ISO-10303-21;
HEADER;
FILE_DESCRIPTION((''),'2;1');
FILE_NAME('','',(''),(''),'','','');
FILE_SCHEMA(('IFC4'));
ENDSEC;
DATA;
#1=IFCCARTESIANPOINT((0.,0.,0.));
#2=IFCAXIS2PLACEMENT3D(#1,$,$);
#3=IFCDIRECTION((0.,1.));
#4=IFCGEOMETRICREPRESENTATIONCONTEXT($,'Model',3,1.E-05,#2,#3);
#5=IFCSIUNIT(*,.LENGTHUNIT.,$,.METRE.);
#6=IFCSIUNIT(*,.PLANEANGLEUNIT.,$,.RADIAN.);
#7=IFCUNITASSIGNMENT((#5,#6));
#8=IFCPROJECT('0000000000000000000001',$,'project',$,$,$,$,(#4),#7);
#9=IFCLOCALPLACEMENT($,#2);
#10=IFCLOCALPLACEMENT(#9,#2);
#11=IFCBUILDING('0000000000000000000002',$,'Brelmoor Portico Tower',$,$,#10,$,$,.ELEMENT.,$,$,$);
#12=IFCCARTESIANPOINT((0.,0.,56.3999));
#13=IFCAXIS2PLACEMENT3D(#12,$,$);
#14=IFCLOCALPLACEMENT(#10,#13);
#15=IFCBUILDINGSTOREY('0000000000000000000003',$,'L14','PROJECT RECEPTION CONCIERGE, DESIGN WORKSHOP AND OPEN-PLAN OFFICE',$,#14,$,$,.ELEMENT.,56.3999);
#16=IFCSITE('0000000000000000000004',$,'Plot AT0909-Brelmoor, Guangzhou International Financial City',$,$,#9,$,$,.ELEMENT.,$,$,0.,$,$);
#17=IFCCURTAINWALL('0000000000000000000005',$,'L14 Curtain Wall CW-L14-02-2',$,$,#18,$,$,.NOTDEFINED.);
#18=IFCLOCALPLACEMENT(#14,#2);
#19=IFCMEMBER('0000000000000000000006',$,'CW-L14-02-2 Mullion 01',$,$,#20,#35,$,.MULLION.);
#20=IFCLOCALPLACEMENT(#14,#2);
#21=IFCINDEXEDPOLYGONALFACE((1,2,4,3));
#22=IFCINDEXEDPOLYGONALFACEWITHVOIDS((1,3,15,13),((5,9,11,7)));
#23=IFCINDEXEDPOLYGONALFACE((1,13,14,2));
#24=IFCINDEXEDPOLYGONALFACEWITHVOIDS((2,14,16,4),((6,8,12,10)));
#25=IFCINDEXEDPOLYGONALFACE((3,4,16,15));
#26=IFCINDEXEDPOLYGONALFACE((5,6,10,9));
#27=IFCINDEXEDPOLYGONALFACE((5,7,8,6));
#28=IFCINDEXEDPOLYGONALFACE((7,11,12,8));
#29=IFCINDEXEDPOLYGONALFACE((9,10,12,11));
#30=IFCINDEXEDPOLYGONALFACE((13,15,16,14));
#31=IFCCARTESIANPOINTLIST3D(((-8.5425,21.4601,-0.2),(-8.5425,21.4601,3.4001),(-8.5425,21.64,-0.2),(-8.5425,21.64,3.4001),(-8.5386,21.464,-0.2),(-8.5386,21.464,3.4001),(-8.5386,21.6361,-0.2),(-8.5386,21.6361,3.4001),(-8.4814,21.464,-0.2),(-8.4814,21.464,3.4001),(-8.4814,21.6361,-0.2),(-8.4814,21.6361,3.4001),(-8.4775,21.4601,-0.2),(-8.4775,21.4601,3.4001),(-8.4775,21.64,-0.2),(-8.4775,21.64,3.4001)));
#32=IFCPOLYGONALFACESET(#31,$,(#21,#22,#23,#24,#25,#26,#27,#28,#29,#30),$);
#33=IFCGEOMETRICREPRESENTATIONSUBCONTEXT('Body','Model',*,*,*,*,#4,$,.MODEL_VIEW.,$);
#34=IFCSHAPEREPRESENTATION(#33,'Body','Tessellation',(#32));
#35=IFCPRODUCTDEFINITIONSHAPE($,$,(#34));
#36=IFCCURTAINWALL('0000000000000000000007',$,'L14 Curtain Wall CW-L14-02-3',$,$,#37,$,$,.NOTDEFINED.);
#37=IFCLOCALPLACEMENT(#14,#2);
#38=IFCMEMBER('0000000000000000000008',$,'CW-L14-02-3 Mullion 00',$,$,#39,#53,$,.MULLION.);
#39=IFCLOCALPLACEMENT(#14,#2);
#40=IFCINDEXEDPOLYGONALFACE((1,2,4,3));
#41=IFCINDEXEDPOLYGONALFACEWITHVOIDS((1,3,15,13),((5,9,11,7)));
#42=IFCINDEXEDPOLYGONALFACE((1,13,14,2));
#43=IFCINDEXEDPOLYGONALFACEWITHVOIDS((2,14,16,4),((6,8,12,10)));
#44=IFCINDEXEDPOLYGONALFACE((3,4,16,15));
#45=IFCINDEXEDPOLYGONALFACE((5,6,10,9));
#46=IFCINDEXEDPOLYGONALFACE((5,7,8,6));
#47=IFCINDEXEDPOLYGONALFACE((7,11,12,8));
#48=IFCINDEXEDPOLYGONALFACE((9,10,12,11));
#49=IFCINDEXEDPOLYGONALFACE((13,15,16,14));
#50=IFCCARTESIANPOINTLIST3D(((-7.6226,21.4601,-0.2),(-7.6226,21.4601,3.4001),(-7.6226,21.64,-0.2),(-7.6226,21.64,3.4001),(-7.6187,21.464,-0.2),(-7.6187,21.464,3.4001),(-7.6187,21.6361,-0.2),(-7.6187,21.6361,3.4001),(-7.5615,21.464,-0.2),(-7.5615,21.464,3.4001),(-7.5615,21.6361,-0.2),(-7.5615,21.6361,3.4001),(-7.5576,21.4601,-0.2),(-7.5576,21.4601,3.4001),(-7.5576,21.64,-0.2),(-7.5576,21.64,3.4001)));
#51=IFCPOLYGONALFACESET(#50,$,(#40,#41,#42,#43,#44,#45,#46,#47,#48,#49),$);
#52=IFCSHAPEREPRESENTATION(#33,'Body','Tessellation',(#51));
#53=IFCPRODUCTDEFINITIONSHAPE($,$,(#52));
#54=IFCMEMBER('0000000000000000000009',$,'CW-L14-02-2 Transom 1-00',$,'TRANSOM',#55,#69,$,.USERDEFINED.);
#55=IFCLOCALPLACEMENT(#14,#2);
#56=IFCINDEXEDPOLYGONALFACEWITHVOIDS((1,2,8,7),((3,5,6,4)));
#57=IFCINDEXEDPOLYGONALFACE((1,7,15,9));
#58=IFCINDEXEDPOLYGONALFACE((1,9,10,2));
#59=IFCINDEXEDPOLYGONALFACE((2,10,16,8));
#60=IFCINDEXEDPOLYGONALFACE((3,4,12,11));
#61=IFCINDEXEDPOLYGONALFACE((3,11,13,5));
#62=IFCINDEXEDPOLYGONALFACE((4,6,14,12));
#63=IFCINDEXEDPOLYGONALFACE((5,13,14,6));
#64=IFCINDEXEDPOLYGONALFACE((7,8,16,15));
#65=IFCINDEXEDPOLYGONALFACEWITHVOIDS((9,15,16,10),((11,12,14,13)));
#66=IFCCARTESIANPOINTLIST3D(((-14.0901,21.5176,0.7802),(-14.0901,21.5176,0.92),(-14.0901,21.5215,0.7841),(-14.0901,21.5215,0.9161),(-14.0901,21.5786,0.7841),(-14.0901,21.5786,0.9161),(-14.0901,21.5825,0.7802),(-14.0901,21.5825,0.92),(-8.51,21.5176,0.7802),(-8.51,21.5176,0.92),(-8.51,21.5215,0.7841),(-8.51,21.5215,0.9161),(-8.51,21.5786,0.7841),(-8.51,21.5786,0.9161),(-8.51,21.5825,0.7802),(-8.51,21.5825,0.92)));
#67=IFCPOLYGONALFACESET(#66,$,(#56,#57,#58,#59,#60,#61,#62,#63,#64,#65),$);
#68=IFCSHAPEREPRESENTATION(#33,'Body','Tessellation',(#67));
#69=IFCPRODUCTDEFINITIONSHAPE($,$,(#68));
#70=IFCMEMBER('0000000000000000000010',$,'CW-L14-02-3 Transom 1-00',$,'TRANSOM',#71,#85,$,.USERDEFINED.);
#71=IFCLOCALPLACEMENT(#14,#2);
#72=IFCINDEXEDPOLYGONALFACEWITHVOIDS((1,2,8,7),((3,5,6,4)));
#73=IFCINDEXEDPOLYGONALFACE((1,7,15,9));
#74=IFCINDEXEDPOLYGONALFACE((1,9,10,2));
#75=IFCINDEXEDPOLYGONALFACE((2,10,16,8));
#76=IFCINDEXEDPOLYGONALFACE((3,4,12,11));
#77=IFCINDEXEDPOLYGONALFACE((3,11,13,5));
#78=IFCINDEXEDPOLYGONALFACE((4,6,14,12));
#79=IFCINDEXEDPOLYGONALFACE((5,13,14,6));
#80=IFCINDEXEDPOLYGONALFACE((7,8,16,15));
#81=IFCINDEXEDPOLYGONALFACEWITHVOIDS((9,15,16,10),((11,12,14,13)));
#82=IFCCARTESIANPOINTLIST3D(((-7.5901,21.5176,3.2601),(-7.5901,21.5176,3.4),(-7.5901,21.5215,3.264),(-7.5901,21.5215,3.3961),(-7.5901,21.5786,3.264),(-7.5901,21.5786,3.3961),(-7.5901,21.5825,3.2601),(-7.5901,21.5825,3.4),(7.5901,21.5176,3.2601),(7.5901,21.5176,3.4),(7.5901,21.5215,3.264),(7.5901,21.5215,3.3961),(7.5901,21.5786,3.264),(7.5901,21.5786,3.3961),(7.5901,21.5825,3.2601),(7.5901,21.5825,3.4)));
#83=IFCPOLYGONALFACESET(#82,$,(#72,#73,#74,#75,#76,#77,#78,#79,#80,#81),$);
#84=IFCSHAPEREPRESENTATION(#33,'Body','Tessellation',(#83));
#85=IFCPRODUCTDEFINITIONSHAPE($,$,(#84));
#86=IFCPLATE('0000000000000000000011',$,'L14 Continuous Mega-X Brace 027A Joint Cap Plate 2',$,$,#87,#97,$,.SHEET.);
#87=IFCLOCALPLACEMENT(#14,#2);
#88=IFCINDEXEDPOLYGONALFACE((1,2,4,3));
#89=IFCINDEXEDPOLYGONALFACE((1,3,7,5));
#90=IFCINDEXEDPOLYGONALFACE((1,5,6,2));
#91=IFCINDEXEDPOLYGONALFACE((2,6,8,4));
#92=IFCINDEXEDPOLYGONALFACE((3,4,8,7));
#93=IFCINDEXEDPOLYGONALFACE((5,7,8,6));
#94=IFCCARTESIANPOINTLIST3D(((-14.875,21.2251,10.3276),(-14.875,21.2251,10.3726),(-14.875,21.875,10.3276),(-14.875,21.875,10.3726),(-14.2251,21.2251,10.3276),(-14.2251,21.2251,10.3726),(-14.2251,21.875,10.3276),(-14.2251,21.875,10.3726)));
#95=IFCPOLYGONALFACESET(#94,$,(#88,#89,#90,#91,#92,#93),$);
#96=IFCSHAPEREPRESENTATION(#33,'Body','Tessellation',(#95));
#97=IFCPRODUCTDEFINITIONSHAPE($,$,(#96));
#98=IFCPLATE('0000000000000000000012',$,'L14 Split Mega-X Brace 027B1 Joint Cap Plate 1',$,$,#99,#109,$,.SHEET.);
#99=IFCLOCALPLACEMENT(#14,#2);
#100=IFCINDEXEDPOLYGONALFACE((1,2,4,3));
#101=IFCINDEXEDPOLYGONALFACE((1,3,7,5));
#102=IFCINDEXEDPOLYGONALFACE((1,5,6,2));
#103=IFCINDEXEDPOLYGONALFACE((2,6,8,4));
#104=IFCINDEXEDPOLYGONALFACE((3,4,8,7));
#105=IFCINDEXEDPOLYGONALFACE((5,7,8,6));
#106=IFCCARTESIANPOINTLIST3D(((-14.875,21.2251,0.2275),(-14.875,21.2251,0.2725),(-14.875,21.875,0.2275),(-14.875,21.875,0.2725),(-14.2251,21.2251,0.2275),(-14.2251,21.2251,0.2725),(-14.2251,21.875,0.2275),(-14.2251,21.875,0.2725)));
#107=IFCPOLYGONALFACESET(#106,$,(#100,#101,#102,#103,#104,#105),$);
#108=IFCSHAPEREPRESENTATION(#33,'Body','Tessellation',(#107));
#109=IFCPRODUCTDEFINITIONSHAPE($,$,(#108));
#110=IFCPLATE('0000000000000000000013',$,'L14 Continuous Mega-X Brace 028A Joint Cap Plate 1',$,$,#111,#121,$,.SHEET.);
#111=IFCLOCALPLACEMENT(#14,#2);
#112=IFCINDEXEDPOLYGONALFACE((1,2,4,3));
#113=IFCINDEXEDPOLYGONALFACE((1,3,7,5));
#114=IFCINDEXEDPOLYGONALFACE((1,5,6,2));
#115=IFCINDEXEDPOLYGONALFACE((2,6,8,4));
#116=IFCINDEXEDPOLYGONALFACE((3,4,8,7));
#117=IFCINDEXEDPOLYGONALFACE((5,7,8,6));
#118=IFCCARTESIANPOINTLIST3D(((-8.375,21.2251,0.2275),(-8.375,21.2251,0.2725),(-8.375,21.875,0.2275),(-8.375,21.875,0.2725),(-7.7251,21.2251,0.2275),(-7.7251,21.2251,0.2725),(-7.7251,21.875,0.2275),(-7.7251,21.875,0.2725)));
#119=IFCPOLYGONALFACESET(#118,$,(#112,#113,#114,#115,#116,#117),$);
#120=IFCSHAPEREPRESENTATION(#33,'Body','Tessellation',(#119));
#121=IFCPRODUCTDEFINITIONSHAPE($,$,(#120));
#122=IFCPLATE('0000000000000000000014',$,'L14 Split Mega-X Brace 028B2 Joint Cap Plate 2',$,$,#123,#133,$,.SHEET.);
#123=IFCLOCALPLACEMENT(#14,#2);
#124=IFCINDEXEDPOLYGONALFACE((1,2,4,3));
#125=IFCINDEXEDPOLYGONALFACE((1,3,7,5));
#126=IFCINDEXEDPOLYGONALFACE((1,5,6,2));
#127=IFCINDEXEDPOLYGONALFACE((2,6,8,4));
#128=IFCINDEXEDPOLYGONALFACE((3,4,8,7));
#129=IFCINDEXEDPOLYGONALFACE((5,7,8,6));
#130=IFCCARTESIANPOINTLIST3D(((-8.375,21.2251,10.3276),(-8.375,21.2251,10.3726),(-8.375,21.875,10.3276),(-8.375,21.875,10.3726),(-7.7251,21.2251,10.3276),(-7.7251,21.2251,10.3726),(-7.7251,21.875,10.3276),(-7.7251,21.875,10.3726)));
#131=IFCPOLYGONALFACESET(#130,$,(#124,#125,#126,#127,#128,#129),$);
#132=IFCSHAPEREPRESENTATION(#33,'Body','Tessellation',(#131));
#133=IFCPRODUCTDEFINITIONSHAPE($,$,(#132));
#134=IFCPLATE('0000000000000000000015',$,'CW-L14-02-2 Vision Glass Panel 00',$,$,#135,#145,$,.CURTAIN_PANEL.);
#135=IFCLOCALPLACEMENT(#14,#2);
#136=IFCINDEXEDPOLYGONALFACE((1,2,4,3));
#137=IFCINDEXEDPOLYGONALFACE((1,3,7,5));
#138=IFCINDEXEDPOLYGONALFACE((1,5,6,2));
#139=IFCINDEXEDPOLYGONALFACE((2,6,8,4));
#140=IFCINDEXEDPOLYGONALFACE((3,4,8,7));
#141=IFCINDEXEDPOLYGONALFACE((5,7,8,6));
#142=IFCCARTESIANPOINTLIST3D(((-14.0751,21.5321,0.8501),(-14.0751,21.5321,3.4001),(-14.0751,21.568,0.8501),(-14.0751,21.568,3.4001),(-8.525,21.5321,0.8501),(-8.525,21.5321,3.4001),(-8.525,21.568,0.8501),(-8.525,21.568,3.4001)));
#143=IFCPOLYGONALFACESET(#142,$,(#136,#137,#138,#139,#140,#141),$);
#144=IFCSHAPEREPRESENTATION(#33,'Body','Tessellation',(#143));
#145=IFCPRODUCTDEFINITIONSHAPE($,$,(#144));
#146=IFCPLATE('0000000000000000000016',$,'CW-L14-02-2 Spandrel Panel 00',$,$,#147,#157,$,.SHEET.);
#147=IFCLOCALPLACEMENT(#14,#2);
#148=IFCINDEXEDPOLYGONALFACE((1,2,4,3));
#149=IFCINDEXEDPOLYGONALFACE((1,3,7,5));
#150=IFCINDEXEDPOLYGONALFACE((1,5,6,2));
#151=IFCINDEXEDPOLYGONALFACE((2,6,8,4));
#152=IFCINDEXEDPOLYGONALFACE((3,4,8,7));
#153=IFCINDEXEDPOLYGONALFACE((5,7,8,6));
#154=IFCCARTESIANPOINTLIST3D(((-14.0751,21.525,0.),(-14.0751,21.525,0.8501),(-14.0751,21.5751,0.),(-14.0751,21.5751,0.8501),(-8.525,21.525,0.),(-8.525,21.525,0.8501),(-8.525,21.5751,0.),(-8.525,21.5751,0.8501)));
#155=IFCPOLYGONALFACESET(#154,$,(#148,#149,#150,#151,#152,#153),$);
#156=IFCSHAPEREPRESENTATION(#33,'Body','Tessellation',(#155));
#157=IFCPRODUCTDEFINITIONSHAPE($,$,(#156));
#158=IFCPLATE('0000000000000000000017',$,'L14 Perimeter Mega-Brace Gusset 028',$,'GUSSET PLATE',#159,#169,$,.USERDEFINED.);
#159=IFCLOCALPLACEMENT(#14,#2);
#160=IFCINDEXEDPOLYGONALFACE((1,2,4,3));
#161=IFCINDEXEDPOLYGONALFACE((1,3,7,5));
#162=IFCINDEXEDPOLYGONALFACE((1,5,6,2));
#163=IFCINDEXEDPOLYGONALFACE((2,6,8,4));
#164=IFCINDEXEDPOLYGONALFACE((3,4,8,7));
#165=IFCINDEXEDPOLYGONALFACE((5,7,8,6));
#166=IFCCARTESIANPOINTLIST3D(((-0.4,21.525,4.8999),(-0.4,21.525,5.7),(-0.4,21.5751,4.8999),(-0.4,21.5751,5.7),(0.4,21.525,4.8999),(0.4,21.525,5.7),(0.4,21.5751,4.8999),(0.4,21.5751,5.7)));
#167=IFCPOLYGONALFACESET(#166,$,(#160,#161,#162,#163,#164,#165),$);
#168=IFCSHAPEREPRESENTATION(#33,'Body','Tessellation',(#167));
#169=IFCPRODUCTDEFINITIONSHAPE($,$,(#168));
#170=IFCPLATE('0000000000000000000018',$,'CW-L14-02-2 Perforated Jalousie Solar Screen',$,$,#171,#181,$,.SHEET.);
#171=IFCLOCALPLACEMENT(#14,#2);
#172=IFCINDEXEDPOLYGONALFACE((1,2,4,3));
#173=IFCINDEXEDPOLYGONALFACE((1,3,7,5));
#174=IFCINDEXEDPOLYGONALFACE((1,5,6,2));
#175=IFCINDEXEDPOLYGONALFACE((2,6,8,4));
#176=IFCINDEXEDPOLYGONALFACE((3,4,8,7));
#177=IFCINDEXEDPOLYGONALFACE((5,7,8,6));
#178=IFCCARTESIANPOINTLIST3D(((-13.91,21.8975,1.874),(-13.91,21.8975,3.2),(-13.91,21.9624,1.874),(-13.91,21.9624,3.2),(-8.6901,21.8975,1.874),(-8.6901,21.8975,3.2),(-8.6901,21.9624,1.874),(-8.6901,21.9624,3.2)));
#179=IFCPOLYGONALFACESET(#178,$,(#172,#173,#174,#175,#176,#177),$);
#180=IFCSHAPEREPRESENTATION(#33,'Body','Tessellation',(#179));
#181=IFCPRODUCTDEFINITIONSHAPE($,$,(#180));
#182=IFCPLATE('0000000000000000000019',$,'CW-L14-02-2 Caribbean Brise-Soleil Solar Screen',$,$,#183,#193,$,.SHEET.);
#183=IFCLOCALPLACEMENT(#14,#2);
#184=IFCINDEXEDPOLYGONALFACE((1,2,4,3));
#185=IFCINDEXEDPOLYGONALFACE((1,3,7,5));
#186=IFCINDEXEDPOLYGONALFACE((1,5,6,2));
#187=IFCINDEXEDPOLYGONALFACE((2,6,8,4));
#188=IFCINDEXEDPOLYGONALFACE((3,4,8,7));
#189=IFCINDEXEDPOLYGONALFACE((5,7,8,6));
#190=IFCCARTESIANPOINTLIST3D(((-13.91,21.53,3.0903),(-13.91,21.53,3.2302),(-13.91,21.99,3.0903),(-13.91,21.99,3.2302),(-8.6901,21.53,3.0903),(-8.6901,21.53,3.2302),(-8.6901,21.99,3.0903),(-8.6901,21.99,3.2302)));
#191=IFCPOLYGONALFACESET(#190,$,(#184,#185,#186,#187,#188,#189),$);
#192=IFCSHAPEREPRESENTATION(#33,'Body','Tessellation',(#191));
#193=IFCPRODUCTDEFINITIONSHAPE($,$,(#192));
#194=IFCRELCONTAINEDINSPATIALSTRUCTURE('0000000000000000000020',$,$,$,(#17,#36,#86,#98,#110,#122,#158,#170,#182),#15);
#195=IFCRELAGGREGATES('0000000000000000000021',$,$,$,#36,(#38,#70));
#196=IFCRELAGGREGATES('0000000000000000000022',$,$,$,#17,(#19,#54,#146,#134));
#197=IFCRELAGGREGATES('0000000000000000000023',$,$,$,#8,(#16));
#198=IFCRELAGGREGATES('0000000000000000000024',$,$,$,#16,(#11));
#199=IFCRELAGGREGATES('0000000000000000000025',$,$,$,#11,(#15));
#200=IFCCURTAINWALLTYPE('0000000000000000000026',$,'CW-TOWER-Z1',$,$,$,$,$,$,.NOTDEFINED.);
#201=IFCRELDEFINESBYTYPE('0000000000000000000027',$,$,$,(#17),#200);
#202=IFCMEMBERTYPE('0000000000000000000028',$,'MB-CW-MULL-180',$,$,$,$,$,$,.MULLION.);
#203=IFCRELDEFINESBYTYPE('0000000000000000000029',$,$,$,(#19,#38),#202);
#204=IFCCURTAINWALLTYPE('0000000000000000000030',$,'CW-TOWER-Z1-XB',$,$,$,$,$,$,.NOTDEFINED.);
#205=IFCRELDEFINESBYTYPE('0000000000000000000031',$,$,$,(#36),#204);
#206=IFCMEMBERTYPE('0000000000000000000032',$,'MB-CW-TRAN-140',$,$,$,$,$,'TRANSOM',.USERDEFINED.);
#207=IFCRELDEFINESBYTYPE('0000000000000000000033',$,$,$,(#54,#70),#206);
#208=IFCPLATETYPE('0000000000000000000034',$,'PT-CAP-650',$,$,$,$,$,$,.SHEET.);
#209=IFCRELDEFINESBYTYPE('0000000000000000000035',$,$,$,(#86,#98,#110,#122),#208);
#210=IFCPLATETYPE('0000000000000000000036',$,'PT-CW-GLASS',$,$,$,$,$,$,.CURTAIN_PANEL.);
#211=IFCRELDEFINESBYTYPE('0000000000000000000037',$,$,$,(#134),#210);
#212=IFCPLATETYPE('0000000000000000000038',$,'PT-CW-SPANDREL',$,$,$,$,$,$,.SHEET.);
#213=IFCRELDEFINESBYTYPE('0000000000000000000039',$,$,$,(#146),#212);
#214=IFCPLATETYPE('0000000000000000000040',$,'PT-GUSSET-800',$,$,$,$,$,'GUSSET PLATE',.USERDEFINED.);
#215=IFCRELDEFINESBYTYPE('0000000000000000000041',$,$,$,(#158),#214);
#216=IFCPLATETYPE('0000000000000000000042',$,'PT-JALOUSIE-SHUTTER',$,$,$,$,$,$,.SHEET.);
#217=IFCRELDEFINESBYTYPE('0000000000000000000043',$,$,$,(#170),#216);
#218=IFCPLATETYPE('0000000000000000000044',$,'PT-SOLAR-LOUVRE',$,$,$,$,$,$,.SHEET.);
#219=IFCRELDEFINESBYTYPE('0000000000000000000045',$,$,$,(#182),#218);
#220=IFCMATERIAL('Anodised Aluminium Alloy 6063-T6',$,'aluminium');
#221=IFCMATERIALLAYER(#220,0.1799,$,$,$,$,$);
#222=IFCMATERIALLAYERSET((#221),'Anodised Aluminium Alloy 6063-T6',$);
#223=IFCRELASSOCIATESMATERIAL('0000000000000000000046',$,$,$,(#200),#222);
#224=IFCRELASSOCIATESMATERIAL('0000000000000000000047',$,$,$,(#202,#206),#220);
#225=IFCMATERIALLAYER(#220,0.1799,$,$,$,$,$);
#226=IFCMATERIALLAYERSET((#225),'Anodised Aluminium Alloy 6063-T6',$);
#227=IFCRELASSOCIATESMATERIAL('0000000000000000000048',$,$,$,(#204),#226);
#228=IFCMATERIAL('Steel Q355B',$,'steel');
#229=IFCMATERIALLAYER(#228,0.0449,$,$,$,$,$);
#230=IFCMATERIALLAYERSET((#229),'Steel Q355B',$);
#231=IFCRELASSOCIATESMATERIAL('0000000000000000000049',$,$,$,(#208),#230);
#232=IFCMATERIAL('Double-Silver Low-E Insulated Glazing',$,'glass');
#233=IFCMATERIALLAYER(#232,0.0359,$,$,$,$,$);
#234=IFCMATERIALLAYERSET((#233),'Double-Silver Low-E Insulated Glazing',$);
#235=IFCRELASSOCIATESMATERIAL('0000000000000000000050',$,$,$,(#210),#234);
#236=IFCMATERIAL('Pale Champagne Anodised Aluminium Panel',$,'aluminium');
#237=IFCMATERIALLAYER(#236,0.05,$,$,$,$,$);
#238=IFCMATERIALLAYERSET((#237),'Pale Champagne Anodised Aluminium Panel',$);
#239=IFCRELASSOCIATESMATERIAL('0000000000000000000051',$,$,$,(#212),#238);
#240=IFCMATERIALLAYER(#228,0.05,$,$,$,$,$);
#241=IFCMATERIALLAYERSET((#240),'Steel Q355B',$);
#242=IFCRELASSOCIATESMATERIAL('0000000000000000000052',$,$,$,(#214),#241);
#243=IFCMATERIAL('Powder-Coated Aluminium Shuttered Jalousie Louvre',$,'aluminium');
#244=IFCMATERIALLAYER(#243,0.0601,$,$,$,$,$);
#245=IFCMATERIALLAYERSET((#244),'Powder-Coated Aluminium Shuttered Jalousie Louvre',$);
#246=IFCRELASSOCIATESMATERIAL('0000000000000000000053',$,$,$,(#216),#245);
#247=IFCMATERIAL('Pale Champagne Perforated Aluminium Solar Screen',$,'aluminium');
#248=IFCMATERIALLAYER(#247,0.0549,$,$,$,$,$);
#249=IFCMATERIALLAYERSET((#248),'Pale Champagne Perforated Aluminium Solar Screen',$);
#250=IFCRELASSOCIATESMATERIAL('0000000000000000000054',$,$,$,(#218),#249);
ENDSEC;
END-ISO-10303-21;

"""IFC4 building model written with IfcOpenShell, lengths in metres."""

from ifc_helpers import new_model, si_unit, direction, frame, origin, origin_2d, place, context, subcontext, project, spatial, rectangle, hollow_rectangle, extrude, material, layer, layer_set, material_profile, profile_set, type_object, element, aggregate, save


model = new_model("IFC4")

# Units and contexts
model_context = context("Model", 3, precision=1e-05, world=origin(), true_north=direction((0.0, 1.0)))
body_context = subcontext(model_context, "Body", "Model", "MODEL_VIEW")
ifc_project = project(units=[si_unit("LENGTHUNIT", "METRE"), si_unit("PLANEANGLEUNIT", "RADIAN")], contexts=[model_context])

# Site, building, storey
site_placement = place(None, origin())
site = spatial("IfcSite", under=ifc_project, at=site_placement, Name="Plot AT0909-Brelmoor, Guangzhou International Financial City", CompositionType="ELEMENT", RefElevation=0.0)
building_placement = place(site_placement, origin())
building = spatial("IfcBuilding", under=site, at=building_placement, Name="Brelmoor Portico Tower", CompositionType="ELEMENT")
storey_placement = place(building_placement, frame((0.0, 0.0, 56.3999)))
storey = spatial("IfcBuildingStorey", under=building, at=storey_placement, Name="L14", Description="PROJECT RECEPTION CONCIERGE, DESIGN WORKSHOP AND OPEN-PLAN OFFICE", CompositionType="ELEMENT", Elevation=56.3999)

# Shared definitions
ifc_material_1 = material(Name="Steel Q355B", Category="steel")

# Curtain wall, member
ifc_material_2 = material(Name="Anodised Aluminium Alloy 6063-T6", Category="aluminium")
ifc_layer_1 = layer(ifc_material_2, 0.1799)
ifc_layer_set_1 = layer_set([ifc_layer_1], Name="Anodised Aluminium Alloy 6063-T6")
curtain_wall_type_1 = type_object("IfcCurtainWallType", Name="CW-TOWER-Z1", PredefinedType="NOTDEFINED", material=ifc_layer_set_1)
curtain_wall_1_placement = place(storey_placement, origin())
curtain_wall_1 = element("IfcCurtainWall", 1, at=curtain_wall_1_placement, inside=storey, type_object=curtain_wall_type_1, Name="L14 Curtain Wall CW-L14-02-2", PredefinedType="NOTDEFINED")
ifc_material_profile_1 = material_profile(ifc_material_2, hollow_rectangle(XDim=0.0649, YDim=0.1799, WallThickness=0.0039, at=origin_2d()), Name="ALU MULLION 65x180")
ifc_profile_set_1 = profile_set([ifc_material_profile_1], Name="Anodised Aluminium Alloy 6063-T6")
member_type_1 = type_object("IfcMemberType", Name="MB-CW-MULL-180", PredefinedType="MULLION", material=ifc_profile_set_1)
member_1_placement = place(storey_placement, frame((-8.51, 21.55, -0.2), z_axis=(0.0, 0.0, 1.0), x_axis=(1.0, 0.0, 0.0)))
member_1 = element("IfcMember", 2, at=member_1_placement, type_object=member_type_1, Name="CW-L14-02-2 Mullion 01", PredefinedType="MULLION", context=body_context, shape_type="SweptSolid", body=[
    extrude(hollow_rectangle(XDim=0.0649, YDim=0.1799, WallThickness=0.0039, at=origin_2d()), origin(), (0.0, 0.0, 1.0), 3.6001),
])

# Curtain wall, member
ifc_layer_2 = layer(ifc_material_2, 0.1799)
ifc_layer_set_2 = layer_set([ifc_layer_2], Name="Anodised Aluminium Alloy 6063-T6")
curtain_wall_type_2 = type_object("IfcCurtainWallType", Name="CW-TOWER-Z1-XB", PredefinedType="NOTDEFINED", material=ifc_layer_set_2)
curtain_wall_2_placement = place(storey_placement, origin())
curtain_wall_2 = element("IfcCurtainWall", 3, at=curtain_wall_2_placement, inside=storey, type_object=curtain_wall_type_2, Name="L14 Curtain Wall CW-L14-02-3", PredefinedType="NOTDEFINED")
member_2_placement = place(storey_placement, frame((-7.5901, 21.55, -0.2), z_axis=(0.0, 0.0, 1.0), x_axis=(1.0, 0.0, 0.0)))
member_2 = element("IfcMember", 4, at=member_2_placement, type_object=member_type_1, Name="CW-L14-02-3 Mullion 00", PredefinedType="MULLION", context=body_context, shape_type="SweptSolid", body=[
    extrude(hollow_rectangle(XDim=0.0649, YDim=0.1799, WallThickness=0.0039, at=origin_2d()), origin(), (0.0, 0.0, 1.0), 3.6001),
])

# Members
ifc_material_profile_2 = material_profile(ifc_material_2, hollow_rectangle(XDim=0.0649, YDim=0.1399, WallThickness=0.0039, at=origin_2d()), Name="ALU TRANSOM 65x140")
ifc_profile_set_2 = profile_set([ifc_material_profile_2], Name="Anodised Aluminium Alloy 6063-T6")
member_type_2 = type_object("IfcMemberType", Name="MB-CW-TRAN-140", ElementType="TRANSOM", PredefinedType="USERDEFINED", material=ifc_profile_set_2)
member_3_placement = place(storey_placement, frame((-14.0901, 21.55, 0.8501), z_axis=(1.0, 0.0, 0.0), x_axis=(0.0, 1.0, 0.0)))
member_3 = element("IfcMember", 5, at=member_3_placement, type_object=member_type_2, Name="CW-L14-02-2 Transom 1-00", ObjectType="TRANSOM", PredefinedType="USERDEFINED", context=body_context, shape_type="SweptSolid", body=[
    extrude(hollow_rectangle(XDim=0.0649, YDim=0.1399, WallThickness=0.0039, at=origin_2d()), origin(), (0.0, 0.0, 1.0), 5.5801),
])
member_4_placement = place(storey_placement, frame((-7.5901, 21.55, 3.3301), z_axis=(1.0, 0.0, 0.0), x_axis=(0.0, 1.0, 0.0)))
member_4 = element("IfcMember", 6, at=member_4_placement, type_object=member_type_2, Name="CW-L14-02-3 Transom 1-00", ObjectType="TRANSOM", PredefinedType="USERDEFINED", context=body_context, shape_type="SweptSolid", body=[
    extrude(hollow_rectangle(XDim=0.0649, YDim=0.1399, WallThickness=0.0039, at=origin_2d()), origin(), (0.0, 0.0, 1.0), 15.1802),
])
aggregate(curtain_wall_2, [member_2, member_4])

# Plates
ifc_layer_3 = layer(ifc_material_1, 0.0449)
ifc_layer_set_3 = layer_set([ifc_layer_3], Name="Steel Q355B")
plate_type_1 = type_object("IfcPlateType", Name="PT-CAP-650", PredefinedType="SHEET", material=ifc_layer_set_3)
for number, where, z_axis, x_axis, name in (
    (7, (-14.55, 21.55, 10.3276), (0.0, 0.0, 1.0), (1.0, 0.0, 0.0), "L14 Continuous Mega-X Brace 027A Joint Cap Plate 2"),
    (8, (-14.55, 21.55, 0.2275), (0.0, 0.0, 1.0), (1.0, 0.0, 0.0), "L14 Split Mega-X Brace 027B1 Joint Cap Plate 1"),
    (9, (-8.05, 21.55, 0.2275), (0.0, 0.0, 1.0), (1.0, 0.0, 0.0), "L14 Continuous Mega-X Brace 028A Joint Cap Plate 1"),
    (10, (-8.05, 21.55, 10.3276), (0.0, 0.0, 1.0), (1.0, 0.0, 0.0), "L14 Split Mega-X Brace 028B2 Joint Cap Plate 2"),
):
    element("IfcPlate", number, at=place(storey_placement, frame(where, z_axis=z_axis, x_axis=x_axis)), inside=storey, type_object=plate_type_1, Name=name, PredefinedType="SHEET", context=body_context, shape_type="SweptSolid", body=[
        extrude(rectangle(XDim=0.6499, YDim=0.6499, at=origin_2d()), origin(), (0.0, 0.0, 1.0), 0.0449),
    ])

# Plates
ifc_material_3 = material(Name="Double-Silver Low-E Insulated Glazing", Category="glass")
ifc_layer_4 = layer(ifc_material_3, 0.0359)
ifc_layer_set_4 = layer_set([ifc_layer_4], Name="Double-Silver Low-E Insulated Glazing")
plate_type_2 = type_object("IfcPlateType", Name="PT-CW-GLASS", PredefinedType="CURTAIN_PANEL", material=ifc_layer_set_4)
plate_1_placement = place(storey_placement, frame((-11.3, 21.55, 0.8501), z_axis=(0.0, 0.0, 1.0), x_axis=(1.0, 0.0, 0.0)))
plate_1 = element("IfcPlate", 11, at=plate_1_placement, type_object=plate_type_2, Name="CW-L14-02-2 Vision Glass Panel 00", PredefinedType="CURTAIN_PANEL", context=body_context, shape_type="SweptSolid", body=[
    extrude(rectangle(XDim=5.55, YDim=0.0359, at=origin_2d()), origin(), (0.0, 0.0, 1.0), 2.55),
])
ifc_material_4 = material(Name="Pale Champagne Anodised Aluminium Panel", Category="aluminium")
ifc_layer_5 = layer(ifc_material_4, 0.05)
ifc_layer_set_5 = layer_set([ifc_layer_5], Name="Pale Champagne Anodised Aluminium Panel")
plate_type_3 = type_object("IfcPlateType", Name="PT-CW-SPANDREL", PredefinedType="SHEET", material=ifc_layer_set_5)
plate_2_placement = place(storey_placement, frame((-11.3, 21.55, 0.0), z_axis=(0.0, 0.0, 1.0), x_axis=(1.0, 0.0, 0.0)))
plate_2 = element("IfcPlate", 12, at=plate_2_placement, type_object=plate_type_3, Name="CW-L14-02-2 Spandrel Panel 00", PredefinedType="SHEET", context=body_context, shape_type="SweptSolid", body=[
    extrude(rectangle(XDim=5.55, YDim=0.05, at=origin_2d()), origin(), (0.0, 0.0, 1.0), 0.8501),
])
aggregate(curtain_wall_1, [member_1, member_3, plate_2, plate_1])

# Plates
ifc_layer_6 = layer(ifc_material_1, 0.05)
ifc_layer_set_6 = layer_set([ifc_layer_6], Name="Steel Q355B")
plate_type_4 = type_object("IfcPlateType", Name="PT-GUSSET-800", ElementType="GUSSET PLATE", PredefinedType="USERDEFINED", material=ifc_layer_set_6)
plate_3_placement = place(storey_placement, frame((0.0, 21.55, 4.8999), z_axis=(0.0, 0.0, 1.0), x_axis=(1.0, 0.0, 0.0)))
element("IfcPlate", 13, at=plate_3_placement, inside=storey, type_object=plate_type_4, Name="L14 Perimeter Mega-Brace Gusset 028", ObjectType="GUSSET PLATE", PredefinedType="USERDEFINED", context=body_context, shape_type="SweptSolid", body=[
    extrude(rectangle(XDim=0.8, YDim=0.05, at=origin_2d()), origin(), (0.0, 0.0, 1.0), 0.8),
])
ifc_material_5 = material(Name="Powder-Coated Aluminium Shuttered Jalousie Louvre", Category="aluminium")
ifc_layer_7 = layer(ifc_material_5, 0.0601)
ifc_layer_set_7 = layer_set([ifc_layer_7], Name="Powder-Coated Aluminium Shuttered Jalousie Louvre")
plate_type_5 = type_object("IfcPlateType", Name="PT-JALOUSIE-SHUTTER", PredefinedType="SHEET", material=ifc_layer_set_7)
plate_4_placement = place(storey_placement, frame((-11.3, 21.9299, 1.874), z_axis=(0.0, 0.0, 1.0), x_axis=(1.0, 0.0, 0.0)))
element("IfcPlate", 14, at=plate_4_placement, inside=storey, type_object=plate_type_5, Name="CW-L14-02-2 Perforated Jalousie Solar Screen", PredefinedType="SHEET", context=body_context, shape_type="SweptSolid", body=[
    extrude(rectangle(XDim=5.22, YDim=0.0649, at=origin_2d()), origin(), (0.0, 0.0, 1.0), 1.3259),
])
ifc_material_6 = material(Name="Pale Champagne Perforated Aluminium Solar Screen", Category="aluminium")
ifc_layer_8 = layer(ifc_material_6, 0.0549)
ifc_layer_set_8 = layer_set([ifc_layer_8], Name="Pale Champagne Perforated Aluminium Solar Screen")
plate_type_6 = type_object("IfcPlateType", Name="PT-SOLAR-LOUVRE", PredefinedType="SHEET", material=ifc_layer_set_8)
plate_5_placement = place(storey_placement, frame((-11.3, 21.76, 3.0903), z_axis=(0.0, 0.0, 1.0), x_axis=(1.0, 0.0, 0.0)))
element("IfcPlate", 15, at=plate_5_placement, inside=storey, type_object=plate_type_6, Name="CW-L14-02-2 Caribbean Brise-Soleil Solar Screen", PredefinedType="SHEET", context=body_context, shape_type="SweptSolid", body=[
    extrude(rectangle(XDim=5.22, YDim=0.46, at=origin_2d()), origin(), (0.0, 0.0, 1.0), 0.1399),
])

save(model, "model.ifc")
